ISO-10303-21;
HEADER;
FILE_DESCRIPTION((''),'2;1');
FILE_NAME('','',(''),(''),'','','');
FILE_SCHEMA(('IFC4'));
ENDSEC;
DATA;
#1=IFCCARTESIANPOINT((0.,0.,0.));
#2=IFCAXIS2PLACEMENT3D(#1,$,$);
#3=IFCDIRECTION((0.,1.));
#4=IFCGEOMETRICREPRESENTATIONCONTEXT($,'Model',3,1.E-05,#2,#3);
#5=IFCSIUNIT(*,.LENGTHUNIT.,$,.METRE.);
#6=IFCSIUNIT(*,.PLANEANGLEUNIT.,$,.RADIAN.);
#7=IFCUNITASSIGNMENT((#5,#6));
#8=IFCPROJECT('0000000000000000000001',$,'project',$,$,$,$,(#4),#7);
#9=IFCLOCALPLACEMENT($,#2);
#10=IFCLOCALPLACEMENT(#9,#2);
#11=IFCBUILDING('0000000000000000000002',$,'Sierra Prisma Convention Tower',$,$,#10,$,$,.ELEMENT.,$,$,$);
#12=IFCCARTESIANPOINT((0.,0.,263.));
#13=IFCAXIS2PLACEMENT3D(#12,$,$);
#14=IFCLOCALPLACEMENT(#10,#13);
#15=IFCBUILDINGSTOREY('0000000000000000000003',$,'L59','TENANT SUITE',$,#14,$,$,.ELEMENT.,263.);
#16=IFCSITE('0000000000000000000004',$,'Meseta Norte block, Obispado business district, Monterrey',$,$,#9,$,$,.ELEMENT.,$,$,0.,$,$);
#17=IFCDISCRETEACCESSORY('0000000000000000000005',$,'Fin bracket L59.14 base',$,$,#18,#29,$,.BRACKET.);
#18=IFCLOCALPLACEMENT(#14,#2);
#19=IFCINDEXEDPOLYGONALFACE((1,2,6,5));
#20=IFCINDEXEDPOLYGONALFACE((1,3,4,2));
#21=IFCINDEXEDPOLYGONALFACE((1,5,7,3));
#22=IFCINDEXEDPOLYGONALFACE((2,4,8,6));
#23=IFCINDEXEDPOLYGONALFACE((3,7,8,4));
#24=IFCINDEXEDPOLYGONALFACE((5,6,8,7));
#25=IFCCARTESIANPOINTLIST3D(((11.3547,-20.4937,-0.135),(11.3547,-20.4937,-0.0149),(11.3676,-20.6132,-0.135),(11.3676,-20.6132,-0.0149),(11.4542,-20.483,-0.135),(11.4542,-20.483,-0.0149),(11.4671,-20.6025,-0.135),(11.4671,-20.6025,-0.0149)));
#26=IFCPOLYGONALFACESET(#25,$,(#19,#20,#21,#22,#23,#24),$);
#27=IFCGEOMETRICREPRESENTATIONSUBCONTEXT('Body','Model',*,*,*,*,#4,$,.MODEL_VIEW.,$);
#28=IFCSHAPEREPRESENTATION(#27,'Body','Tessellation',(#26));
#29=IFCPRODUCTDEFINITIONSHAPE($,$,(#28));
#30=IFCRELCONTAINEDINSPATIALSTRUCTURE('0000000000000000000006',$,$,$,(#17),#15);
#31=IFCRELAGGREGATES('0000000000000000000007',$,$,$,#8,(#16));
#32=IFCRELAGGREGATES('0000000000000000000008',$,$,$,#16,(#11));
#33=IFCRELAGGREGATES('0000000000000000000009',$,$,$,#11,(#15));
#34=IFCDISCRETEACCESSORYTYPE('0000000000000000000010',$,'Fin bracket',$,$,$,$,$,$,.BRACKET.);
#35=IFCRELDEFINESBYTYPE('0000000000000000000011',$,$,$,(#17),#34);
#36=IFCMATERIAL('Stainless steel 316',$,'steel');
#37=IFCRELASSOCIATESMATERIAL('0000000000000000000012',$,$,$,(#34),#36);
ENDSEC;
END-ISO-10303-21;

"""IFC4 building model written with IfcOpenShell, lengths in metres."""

from ifc_helpers import new_model, si_unit, direction, frame, origin, origin_2d, place, context, subcontext, project, spatial, rectangle, extrude, material, type_object, element, save


model = new_model("IFC4")

# Units and contexts
model_context = context("Model", 3, precision=1e-05, world=origin(), true_north=direction((0.0, 1.0)))
body_context = subcontext(model_context, "Body", "Model", "MODEL_VIEW")
ifc_project = project(units=[si_unit("LENGTHUNIT", "METRE"), si_unit("PLANEANGLEUNIT", "RADIAN")], contexts=[model_context])

# Site, building, storey
site_placement = place(None, origin())
site = spatial("IfcSite", under=ifc_project, at=site_placement, Name="Meseta Norte block, Obispado business district, Monterrey", CompositionType="ELEMENT", RefElevation=0.0)
building_placement = place(site_placement, origin())
building = spatial("IfcBuilding", under=site, at=building_placement, Name="Sierra Prisma Convention Tower", CompositionType="ELEMENT")
storey_placement = place(building_placement, frame((0.0, 0.0, 263.0)))
storey = spatial("IfcBuildingStorey", under=building, at=storey_placement, Name="L59", Description="TENANT SUITE", CompositionType="ELEMENT", Elevation=263.0)

# Discrete accessory
ifc_material_1 = material(Name="Stainless steel 316", Category="steel")
discrete_accessory_type = type_object("IfcDiscreteAccessoryType", Name="Fin bracket", PredefinedType="BRACKET", material=ifc_material_1)
discrete_accessory_placement = place(storey_placement, frame((11.4109, -20.5481, -0.135), z_axis=(0.0, 0.0, 1.0), x_axis=(0.107042, -0.994255, 0.0)))
element("IfcDiscreteAccessory", 1, at=discrete_accessory_placement, inside=storey, type_object=discrete_accessory_type, Name="Fin bracket L59.14 base", PredefinedType="BRACKET", context=body_context, shape_type="SweptSolid", body=[
    extrude(rectangle(XDim=0.1201, YDim=0.1001, at=origin_2d()), origin(), (0.0, 0.0, 1.0), 0.1201),
])

save(model, "model.ifc")
